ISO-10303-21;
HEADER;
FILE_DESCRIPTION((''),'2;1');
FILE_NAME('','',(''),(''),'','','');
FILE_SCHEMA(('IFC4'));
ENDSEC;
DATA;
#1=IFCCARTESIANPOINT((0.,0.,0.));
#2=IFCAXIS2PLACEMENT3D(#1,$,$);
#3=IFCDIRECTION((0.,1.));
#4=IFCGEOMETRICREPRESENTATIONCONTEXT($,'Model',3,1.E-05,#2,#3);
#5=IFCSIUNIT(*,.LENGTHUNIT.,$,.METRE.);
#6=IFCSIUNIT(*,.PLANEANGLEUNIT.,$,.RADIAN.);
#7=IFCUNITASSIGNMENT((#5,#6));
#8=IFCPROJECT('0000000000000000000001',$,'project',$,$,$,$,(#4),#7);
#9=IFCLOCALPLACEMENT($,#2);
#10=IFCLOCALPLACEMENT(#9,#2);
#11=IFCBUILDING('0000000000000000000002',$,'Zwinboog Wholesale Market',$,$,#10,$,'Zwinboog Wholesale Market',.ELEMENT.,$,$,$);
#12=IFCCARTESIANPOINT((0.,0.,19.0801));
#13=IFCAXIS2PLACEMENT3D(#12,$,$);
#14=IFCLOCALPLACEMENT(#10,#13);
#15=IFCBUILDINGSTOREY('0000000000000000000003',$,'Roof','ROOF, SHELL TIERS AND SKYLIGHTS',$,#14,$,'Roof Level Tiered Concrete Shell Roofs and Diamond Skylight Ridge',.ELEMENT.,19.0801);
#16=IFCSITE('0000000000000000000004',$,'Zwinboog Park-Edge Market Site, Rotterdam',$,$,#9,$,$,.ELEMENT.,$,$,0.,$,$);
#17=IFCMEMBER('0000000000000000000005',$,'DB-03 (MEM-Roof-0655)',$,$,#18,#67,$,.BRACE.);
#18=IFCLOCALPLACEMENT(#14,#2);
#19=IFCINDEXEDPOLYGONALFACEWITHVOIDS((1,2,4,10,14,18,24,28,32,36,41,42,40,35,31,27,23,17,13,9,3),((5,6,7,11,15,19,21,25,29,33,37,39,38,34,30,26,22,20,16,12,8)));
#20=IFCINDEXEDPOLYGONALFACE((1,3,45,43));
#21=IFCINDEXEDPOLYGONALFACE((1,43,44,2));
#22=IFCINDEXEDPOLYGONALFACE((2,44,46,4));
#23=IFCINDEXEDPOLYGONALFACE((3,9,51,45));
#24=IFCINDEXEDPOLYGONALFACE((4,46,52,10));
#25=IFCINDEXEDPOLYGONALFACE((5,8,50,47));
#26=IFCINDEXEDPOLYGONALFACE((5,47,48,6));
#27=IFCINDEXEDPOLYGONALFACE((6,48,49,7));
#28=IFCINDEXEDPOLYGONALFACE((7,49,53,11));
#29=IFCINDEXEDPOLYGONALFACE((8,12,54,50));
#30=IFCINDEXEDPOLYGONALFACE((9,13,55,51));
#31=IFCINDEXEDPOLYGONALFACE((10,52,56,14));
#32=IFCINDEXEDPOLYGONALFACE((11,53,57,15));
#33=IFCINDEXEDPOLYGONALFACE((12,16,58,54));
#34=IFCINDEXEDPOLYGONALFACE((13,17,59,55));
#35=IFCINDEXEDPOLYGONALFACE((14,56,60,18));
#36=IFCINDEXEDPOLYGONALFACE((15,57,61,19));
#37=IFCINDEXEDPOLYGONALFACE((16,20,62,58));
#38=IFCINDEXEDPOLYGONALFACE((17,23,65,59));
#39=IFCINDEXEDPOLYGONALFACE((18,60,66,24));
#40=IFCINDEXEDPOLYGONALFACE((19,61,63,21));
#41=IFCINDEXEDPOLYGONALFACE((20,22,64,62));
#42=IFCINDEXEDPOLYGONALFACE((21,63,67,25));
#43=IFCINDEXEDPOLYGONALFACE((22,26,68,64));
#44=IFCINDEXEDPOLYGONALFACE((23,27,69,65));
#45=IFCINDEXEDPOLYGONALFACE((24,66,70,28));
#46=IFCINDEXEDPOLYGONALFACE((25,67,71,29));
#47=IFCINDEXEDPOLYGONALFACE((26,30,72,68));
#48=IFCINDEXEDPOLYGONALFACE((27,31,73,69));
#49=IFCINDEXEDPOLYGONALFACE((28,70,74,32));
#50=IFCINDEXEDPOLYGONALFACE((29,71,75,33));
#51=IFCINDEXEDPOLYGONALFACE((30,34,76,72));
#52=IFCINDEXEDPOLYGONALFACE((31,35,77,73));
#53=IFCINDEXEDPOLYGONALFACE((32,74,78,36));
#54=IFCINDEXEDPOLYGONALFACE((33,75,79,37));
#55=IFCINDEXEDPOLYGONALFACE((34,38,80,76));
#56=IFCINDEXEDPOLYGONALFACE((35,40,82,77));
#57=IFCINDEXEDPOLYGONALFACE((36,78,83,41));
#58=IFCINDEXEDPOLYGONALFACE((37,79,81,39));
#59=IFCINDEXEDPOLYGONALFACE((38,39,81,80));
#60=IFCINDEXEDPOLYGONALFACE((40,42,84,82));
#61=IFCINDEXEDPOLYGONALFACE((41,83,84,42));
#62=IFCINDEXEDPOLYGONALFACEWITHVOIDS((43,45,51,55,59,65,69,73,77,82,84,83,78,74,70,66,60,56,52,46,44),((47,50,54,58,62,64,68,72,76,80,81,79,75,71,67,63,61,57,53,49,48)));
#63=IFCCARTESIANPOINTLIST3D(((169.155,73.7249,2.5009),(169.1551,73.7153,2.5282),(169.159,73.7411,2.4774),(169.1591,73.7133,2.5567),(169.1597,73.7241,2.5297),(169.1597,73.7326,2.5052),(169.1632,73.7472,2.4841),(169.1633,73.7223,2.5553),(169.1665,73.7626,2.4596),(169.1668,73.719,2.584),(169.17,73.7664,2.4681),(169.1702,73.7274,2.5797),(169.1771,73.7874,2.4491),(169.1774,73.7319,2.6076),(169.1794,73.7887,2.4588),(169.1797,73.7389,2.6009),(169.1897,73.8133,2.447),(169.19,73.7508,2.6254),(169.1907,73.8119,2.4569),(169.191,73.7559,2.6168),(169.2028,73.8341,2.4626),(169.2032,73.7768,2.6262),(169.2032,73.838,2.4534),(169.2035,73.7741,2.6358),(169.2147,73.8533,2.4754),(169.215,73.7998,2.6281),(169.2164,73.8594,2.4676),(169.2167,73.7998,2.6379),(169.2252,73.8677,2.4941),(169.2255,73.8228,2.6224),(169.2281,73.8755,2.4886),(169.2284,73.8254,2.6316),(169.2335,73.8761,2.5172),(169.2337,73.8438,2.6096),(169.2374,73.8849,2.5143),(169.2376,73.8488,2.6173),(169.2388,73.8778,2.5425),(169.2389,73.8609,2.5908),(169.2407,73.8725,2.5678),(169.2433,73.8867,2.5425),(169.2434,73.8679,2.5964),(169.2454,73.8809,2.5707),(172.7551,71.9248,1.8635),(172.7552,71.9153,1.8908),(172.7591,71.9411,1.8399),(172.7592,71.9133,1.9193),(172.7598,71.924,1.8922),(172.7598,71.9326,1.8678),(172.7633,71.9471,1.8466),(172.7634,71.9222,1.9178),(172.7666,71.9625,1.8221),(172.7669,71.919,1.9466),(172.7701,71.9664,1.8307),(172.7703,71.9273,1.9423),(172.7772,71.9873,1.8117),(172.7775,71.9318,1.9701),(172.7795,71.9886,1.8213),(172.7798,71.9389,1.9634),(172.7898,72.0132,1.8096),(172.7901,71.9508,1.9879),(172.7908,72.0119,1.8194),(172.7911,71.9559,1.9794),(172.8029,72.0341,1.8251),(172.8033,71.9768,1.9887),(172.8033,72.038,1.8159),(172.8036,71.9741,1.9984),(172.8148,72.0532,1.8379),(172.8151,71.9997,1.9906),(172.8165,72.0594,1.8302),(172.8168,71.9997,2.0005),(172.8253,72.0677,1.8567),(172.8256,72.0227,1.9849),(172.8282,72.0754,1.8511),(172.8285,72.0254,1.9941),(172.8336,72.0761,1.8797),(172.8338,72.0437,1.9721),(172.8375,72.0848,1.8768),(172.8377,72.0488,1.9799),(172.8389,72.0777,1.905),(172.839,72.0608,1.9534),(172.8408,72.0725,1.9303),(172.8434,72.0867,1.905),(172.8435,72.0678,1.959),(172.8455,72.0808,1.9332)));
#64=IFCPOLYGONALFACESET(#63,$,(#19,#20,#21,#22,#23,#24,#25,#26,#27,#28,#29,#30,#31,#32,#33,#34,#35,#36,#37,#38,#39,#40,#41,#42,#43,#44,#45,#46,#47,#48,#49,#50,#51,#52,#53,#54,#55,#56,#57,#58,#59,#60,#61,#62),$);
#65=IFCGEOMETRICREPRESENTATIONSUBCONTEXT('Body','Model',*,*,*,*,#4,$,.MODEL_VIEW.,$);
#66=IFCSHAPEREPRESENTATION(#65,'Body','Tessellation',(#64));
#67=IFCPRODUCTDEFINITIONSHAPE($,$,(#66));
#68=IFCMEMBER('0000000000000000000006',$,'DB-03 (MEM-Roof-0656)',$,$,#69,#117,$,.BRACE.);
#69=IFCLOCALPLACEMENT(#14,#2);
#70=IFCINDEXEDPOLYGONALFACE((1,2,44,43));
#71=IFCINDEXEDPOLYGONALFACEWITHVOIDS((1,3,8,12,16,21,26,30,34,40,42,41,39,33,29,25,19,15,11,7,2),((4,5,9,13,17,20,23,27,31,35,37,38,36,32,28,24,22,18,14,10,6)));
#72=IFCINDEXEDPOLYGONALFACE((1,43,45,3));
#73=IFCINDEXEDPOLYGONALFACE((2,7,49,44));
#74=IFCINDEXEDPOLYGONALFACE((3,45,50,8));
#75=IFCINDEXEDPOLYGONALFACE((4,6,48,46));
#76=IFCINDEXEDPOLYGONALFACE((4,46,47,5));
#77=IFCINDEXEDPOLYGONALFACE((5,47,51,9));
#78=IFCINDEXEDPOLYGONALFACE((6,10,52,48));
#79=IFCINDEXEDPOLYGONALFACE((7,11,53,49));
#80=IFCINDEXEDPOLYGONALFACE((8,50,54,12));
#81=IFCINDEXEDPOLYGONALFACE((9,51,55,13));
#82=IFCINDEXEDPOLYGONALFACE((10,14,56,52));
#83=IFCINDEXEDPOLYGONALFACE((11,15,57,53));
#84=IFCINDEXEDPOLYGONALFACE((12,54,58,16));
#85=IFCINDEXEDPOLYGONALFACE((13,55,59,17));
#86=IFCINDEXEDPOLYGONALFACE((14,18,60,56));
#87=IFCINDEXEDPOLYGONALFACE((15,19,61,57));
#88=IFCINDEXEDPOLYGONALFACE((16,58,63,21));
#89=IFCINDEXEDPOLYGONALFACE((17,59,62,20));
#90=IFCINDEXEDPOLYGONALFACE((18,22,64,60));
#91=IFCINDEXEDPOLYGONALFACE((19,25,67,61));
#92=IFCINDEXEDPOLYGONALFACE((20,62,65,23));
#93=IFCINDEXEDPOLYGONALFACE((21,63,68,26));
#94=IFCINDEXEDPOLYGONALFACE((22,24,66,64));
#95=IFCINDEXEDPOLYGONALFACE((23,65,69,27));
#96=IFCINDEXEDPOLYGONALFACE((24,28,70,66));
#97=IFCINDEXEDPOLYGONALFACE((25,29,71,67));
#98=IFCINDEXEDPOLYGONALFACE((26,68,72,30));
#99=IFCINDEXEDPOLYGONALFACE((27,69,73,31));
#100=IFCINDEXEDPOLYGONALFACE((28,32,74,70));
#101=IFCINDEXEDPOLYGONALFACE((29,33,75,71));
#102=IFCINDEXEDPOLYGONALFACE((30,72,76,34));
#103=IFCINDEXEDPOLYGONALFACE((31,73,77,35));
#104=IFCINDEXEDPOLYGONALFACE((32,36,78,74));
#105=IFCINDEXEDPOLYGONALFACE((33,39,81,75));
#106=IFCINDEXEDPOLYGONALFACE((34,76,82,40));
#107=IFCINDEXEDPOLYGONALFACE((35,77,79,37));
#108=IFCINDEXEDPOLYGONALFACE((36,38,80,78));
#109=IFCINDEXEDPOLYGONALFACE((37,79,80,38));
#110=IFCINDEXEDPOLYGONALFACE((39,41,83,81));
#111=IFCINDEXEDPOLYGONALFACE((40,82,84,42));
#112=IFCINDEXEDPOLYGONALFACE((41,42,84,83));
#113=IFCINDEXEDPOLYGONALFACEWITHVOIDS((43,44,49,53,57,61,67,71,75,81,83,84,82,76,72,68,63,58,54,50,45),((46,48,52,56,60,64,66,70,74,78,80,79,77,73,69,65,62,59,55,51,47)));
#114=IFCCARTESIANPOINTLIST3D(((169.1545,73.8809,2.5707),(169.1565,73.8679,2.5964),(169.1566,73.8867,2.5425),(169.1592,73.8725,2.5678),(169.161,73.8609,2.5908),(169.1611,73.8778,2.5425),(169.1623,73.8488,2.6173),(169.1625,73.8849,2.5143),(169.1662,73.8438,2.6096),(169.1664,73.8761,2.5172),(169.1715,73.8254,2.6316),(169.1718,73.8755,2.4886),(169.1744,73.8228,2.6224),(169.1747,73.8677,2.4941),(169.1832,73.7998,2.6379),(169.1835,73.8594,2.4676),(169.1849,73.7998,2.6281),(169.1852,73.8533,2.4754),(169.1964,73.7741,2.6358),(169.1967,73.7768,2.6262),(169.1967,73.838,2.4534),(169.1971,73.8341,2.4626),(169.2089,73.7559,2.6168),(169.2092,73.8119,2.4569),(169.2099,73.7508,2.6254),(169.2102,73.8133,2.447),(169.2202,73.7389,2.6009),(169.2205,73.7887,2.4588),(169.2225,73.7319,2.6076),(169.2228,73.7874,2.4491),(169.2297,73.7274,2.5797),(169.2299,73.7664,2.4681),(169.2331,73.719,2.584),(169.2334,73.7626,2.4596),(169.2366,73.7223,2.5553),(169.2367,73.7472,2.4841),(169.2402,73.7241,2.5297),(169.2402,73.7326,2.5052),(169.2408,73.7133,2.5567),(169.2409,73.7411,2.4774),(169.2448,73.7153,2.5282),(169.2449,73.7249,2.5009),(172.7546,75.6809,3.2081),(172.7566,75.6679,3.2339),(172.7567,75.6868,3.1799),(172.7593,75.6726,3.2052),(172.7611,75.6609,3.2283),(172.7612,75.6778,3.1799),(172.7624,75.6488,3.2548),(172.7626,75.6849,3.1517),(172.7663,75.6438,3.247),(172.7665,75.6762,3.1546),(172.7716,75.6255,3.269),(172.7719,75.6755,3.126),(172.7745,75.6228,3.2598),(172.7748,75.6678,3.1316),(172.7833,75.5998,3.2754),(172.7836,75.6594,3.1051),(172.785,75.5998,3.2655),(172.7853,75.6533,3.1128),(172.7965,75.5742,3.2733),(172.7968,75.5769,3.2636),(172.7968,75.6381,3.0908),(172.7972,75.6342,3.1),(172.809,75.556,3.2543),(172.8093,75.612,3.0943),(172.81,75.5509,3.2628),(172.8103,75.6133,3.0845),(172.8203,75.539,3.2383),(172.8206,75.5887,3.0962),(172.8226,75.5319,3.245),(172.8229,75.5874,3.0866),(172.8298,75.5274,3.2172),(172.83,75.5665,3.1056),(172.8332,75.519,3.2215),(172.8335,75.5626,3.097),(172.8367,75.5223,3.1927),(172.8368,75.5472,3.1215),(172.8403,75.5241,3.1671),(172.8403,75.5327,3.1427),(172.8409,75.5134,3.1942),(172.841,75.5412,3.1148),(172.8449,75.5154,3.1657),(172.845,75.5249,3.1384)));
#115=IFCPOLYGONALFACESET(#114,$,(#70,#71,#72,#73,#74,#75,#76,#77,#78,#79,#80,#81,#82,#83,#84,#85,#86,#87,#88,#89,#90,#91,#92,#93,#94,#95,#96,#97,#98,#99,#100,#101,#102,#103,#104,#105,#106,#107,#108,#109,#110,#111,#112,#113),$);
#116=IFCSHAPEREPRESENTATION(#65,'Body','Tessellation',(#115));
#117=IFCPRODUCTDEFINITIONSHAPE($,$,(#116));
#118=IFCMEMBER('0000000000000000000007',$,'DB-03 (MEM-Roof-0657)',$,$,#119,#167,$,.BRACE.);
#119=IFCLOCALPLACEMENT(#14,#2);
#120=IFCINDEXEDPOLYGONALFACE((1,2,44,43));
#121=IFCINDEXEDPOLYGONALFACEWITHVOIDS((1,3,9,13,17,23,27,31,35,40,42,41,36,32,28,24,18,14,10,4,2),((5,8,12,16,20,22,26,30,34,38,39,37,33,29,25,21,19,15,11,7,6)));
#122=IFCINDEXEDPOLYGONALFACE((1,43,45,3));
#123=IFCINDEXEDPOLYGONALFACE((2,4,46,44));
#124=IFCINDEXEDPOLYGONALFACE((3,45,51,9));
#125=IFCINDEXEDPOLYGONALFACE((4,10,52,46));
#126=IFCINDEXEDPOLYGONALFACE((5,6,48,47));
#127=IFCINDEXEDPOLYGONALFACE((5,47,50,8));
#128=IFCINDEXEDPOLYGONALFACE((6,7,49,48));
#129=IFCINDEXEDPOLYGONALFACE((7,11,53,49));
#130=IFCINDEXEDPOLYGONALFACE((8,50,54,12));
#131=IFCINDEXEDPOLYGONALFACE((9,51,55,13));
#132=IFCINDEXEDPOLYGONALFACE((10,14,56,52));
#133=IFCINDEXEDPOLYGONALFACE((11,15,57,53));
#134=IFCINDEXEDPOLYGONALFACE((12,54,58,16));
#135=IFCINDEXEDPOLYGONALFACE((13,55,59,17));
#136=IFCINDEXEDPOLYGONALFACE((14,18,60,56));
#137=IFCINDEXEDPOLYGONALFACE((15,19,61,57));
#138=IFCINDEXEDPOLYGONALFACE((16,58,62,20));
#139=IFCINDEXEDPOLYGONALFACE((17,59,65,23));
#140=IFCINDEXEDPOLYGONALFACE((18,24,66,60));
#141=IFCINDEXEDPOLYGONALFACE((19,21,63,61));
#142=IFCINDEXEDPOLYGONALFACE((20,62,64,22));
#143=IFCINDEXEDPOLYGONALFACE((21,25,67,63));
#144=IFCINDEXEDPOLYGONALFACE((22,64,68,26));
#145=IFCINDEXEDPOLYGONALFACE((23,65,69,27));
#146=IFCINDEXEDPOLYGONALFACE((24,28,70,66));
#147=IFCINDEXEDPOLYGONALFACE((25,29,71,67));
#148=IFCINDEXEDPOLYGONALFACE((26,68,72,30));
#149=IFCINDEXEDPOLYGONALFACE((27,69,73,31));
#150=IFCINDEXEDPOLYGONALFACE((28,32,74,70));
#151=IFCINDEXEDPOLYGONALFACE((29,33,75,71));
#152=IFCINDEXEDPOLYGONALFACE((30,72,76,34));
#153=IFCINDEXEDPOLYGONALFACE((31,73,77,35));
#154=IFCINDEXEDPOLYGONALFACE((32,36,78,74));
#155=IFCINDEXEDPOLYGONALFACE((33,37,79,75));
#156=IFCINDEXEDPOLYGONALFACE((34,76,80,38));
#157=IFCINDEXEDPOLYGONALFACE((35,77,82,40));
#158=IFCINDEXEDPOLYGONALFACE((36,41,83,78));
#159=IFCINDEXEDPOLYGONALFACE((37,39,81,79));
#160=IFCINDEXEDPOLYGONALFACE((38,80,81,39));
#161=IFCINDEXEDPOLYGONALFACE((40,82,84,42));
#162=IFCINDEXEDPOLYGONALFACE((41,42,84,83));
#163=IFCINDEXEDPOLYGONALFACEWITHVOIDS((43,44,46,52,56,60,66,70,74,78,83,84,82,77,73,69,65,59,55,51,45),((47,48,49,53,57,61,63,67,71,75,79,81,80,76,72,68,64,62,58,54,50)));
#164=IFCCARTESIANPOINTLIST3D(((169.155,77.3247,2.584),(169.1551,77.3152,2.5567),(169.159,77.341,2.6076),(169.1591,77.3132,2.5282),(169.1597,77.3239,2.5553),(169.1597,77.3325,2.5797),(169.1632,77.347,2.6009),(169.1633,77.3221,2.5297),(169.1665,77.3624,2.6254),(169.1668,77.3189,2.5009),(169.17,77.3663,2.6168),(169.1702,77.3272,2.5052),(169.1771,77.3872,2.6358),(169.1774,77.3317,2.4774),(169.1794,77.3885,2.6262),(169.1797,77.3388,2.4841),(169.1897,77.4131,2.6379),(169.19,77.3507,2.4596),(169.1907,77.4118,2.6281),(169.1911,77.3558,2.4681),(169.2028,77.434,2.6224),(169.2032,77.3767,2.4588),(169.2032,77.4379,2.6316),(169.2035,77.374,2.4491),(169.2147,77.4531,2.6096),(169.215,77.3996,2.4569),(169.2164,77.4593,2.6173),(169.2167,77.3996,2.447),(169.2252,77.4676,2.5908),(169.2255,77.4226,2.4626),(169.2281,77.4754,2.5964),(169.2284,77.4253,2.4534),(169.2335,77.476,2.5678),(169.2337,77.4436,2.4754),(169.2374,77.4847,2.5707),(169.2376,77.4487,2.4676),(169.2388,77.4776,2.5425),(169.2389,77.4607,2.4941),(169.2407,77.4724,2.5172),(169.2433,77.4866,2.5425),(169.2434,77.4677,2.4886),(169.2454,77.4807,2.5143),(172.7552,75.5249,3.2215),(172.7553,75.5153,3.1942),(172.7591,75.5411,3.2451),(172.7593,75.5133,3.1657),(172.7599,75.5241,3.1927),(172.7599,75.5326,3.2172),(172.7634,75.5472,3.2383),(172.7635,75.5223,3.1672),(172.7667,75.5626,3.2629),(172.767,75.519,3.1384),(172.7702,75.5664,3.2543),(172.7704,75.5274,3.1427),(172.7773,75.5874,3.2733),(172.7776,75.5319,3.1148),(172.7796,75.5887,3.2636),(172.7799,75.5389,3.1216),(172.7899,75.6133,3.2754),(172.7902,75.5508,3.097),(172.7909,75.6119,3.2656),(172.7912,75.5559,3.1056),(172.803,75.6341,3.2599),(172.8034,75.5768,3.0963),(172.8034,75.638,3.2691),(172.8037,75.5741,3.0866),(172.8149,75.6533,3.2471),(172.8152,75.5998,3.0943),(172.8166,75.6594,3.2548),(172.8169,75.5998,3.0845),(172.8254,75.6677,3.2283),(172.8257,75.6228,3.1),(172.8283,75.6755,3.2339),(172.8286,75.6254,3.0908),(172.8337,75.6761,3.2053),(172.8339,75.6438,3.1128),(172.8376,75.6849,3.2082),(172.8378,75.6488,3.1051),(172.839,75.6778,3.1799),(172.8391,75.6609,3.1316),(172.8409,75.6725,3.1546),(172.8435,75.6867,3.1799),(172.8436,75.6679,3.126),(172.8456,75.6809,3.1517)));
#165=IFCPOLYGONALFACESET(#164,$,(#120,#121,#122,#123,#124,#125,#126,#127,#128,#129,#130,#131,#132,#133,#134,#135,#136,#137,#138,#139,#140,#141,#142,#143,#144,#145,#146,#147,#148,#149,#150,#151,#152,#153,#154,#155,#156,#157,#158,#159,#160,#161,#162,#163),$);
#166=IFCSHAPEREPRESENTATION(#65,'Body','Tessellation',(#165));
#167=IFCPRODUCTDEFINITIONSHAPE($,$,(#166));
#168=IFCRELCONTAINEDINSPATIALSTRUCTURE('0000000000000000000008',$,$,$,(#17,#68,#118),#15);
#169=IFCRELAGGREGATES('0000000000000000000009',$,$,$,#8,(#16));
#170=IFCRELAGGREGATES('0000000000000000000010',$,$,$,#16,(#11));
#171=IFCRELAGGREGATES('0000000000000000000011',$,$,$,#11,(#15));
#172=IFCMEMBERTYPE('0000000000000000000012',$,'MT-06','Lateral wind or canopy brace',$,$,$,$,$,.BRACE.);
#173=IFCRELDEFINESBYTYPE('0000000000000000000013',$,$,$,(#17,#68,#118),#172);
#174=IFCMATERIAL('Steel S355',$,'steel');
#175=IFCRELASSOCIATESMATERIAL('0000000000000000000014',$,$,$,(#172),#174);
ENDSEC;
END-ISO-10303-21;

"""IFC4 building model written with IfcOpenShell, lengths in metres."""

from ifc_helpers import new_model, si_unit, direction, frame, origin, origin_2d, place, context, subcontext, project, spatial, hollow_circle, extrude, material, material_profile, profile_set, type_object, element, save


model = new_model("IFC4")

# Units and contexts
model_context = context("Model", 3, precision=1e-05, world=origin(), true_north=direction((0.0, 1.0)))
body_context = subcontext(model_context, "Body", "Model", "MODEL_VIEW")
ifc_project = project(units=[si_unit("LENGTHUNIT", "METRE"), si_unit("PLANEANGLEUNIT", "RADIAN")], contexts=[model_context])

# Site, building, storey
site_placement = place(None, origin())
site = spatial("IfcSite", under=ifc_project, at=site_placement, Name="Zwinboog Park-Edge Market Site, Rotterdam", CompositionType="ELEMENT", RefElevation=0.0)
building_placement = place(site_placement, origin())
building = spatial("IfcBuilding", under=site, at=building_placement, Name="Zwinboog Wholesale Market", LongName="Zwinboog Wholesale Market", CompositionType="ELEMENT")
storey_placement = place(building_placement, frame((0.0, 0.0, 19.0801)))
storey = spatial("IfcBuildingStorey", under=building, at=storey_placement, Name="Roof", Description="ROOF, SHELL TIERS AND SKYLIGHTS", LongName="Roof Level Tiered Concrete Shell Roofs and Diamond Skylight Ridge", CompositionType="ELEMENT", Elevation=19.0801)

# Shared definitions
ifc_material_1 = material(Name="Steel S355", Category="steel")

# Members
ifc_material_profile_1 = material_profile(ifc_material_1, hollow_circle(Radius=0.0969, WallThickness=0.01, at=origin_2d()), Name="CHS 193.7x10")
ifc_profile_set_1 = profile_set([ifc_material_profile_1], Name="Steel S355")
member_type_1 = type_object("IfcMemberType", Name="MT-06", Description="Lateral wind or canopy brace", PredefinedType="BRACE", material=ifc_profile_set_1)
for number, where, z_axis, x_axis, name in (
    (1, (169.2, 73.8, 2.5425), (0.883417, -0.441709, -0.156422), (0.447214, 0.894427, 0.0), "DB-03 (MEM-Roof-0655)"),
    (2, (169.2, 73.8, 2.5425), (0.883417, 0.441709, 0.156422), (-0.447214, 0.894427, 0.0), "DB-03 (MEM-Roof-0656)"),
    (3, (169.2, 77.3999, 2.5425), (0.88344, -0.44166, 0.156426), (0.447165, 0.894451, 0.0), "DB-03 (MEM-Roof-0657)"),
):
    element("IfcMember", number, at=place(storey_placement, frame(where, z_axis=z_axis, x_axis=x_axis)), inside=storey, type_object=member_type_1, Name=name, PredefinedType="BRACE", context=body_context, shape_type="SweptSolid", body=[
        extrude(hollow_circle(Radius=0.0969, WallThickness=0.01, at=origin_2d()), origin(), (0.0, 0.0, 1.0), 4.0752),
    ])

save(model, "model.ifc")
